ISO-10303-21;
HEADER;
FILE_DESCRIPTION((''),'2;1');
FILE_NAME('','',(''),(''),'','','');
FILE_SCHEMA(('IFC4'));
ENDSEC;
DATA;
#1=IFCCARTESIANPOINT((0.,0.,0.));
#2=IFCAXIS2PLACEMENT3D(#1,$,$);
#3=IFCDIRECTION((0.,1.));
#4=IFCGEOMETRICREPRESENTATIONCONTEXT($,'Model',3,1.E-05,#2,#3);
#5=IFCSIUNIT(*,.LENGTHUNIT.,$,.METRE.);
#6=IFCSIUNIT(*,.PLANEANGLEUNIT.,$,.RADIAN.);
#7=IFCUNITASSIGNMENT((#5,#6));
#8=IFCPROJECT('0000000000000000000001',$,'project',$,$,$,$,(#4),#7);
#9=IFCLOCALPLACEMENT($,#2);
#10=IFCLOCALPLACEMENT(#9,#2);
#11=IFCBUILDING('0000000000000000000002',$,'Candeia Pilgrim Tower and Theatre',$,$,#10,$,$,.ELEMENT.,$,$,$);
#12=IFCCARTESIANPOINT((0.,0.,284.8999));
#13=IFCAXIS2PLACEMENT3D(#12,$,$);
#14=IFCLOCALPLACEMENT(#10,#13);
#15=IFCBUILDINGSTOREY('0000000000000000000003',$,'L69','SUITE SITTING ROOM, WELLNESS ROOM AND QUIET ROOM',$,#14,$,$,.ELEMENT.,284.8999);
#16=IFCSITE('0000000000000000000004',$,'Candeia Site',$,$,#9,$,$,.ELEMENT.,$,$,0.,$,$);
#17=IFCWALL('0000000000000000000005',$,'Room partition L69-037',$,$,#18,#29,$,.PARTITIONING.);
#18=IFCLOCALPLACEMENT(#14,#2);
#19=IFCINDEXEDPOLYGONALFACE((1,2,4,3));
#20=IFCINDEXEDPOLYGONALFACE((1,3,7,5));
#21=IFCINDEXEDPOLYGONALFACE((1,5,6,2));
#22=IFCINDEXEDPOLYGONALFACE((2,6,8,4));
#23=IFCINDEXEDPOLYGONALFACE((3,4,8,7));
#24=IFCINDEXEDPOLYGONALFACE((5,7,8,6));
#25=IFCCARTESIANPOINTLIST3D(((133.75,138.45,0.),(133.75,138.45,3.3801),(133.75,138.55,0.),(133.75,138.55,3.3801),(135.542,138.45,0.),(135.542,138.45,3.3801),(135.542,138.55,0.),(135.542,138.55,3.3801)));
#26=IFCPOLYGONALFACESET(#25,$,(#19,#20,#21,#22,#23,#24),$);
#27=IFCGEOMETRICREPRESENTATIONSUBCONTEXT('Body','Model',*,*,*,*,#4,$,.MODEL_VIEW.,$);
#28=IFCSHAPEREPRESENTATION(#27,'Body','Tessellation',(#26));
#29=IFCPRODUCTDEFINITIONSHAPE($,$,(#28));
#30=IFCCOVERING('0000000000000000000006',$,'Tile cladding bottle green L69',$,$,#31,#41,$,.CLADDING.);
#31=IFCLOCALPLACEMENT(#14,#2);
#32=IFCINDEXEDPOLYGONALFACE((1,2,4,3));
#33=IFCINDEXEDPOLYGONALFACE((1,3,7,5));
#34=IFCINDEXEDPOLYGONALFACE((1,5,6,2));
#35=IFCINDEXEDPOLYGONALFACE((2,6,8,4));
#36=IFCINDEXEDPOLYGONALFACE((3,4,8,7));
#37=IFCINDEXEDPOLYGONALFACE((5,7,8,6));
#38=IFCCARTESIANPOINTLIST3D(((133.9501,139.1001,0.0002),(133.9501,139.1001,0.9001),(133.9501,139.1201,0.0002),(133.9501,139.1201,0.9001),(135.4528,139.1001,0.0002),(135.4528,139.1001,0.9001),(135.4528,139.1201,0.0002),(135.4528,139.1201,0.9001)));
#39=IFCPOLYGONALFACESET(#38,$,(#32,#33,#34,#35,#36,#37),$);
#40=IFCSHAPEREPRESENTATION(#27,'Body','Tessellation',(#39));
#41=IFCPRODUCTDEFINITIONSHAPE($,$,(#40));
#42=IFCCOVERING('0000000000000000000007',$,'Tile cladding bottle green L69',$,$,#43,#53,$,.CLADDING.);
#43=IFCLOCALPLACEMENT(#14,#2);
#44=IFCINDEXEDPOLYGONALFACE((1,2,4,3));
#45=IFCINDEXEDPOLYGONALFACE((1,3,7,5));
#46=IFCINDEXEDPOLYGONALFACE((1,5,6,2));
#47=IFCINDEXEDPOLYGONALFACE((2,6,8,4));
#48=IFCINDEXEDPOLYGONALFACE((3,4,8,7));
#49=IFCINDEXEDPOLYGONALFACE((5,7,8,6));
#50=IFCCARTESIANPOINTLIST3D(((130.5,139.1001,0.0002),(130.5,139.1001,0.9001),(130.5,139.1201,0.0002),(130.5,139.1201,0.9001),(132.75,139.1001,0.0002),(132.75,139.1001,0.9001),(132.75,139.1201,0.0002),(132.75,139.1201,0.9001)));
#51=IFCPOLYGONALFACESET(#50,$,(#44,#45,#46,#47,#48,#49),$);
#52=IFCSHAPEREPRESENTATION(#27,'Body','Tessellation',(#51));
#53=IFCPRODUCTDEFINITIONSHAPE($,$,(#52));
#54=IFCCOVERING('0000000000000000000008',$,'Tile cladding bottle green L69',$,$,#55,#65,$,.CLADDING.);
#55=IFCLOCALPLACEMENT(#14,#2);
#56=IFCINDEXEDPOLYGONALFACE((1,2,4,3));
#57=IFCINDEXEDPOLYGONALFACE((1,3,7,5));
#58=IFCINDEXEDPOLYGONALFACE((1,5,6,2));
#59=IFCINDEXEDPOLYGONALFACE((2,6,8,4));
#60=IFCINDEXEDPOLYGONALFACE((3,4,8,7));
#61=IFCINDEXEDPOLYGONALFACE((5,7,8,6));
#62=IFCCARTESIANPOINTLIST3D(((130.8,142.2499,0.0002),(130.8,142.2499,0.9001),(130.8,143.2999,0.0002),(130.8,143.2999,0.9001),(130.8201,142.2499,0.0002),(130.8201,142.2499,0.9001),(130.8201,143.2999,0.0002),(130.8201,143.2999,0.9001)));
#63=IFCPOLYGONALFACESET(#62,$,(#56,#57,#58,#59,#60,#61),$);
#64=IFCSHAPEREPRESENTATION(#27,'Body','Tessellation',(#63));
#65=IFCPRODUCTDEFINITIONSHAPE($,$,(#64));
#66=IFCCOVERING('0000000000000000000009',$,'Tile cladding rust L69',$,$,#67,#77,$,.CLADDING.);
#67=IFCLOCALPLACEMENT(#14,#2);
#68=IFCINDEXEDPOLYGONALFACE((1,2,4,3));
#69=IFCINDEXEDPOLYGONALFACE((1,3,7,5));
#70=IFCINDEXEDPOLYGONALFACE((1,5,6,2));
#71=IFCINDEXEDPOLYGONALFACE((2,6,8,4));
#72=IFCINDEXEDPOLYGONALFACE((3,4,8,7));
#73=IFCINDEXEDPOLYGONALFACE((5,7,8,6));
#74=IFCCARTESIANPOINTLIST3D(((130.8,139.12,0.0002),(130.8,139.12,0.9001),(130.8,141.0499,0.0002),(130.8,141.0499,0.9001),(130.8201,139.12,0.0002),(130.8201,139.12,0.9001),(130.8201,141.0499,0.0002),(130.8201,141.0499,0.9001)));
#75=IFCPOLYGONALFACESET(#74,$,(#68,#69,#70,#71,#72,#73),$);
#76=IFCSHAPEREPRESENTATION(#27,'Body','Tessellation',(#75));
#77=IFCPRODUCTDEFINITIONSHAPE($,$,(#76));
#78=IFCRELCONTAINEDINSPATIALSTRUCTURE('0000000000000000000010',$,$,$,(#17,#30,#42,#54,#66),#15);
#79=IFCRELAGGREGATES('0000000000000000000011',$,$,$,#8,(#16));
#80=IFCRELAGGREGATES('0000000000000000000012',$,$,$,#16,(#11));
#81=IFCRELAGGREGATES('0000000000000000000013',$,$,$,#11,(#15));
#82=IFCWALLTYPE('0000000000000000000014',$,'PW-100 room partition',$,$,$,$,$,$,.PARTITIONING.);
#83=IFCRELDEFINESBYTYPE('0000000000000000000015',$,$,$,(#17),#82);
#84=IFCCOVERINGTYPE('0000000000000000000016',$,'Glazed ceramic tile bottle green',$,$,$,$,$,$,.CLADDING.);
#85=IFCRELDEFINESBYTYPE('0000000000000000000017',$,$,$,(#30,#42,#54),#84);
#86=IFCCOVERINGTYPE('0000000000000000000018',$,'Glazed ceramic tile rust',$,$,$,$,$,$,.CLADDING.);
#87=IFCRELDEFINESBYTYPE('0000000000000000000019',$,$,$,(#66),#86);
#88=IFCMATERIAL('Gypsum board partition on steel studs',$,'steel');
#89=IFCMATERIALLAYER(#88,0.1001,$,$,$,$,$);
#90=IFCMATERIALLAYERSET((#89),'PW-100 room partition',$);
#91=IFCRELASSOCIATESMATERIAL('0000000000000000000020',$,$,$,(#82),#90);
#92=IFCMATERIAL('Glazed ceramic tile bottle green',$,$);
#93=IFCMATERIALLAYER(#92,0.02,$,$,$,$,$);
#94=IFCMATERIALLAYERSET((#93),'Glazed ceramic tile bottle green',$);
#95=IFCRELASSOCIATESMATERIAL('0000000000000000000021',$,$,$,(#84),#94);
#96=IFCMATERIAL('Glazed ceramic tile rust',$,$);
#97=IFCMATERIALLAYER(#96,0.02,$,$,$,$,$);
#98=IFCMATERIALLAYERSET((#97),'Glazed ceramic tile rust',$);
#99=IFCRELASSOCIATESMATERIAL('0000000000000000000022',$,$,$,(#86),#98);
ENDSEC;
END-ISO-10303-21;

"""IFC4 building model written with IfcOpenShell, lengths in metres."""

from ifc_helpers import new_model, si_unit, direction, frame, frame_2d, origin, origin_2d, place, context, subcontext, project, spatial, rectangle, extrude, material, layer, layer_set, type_object, element, save


model = new_model("IFC4")

# Units and contexts
model_context = context("Model", 3, precision=1e-05, world=origin(), true_north=direction((0.0, 1.0)))
body_context = subcontext(model_context, "Body", "Model", "MODEL_VIEW")
ifc_project = project(units=[si_unit("LENGTHUNIT", "METRE"), si_unit("PLANEANGLEUNIT", "RADIAN")], contexts=[model_context])

# Site, building, storey
site_placement = place(None, origin())
site = spatial("IfcSite", under=ifc_project, at=site_placement, Name="Candeia Site", CompositionType="ELEMENT", RefElevation=0.0)
building_placement = place(site_placement, origin())
building = spatial("IfcBuilding", under=site, at=building_placement, Name="Candeia Pilgrim Tower and Theatre", CompositionType="ELEMENT")
storey_placement = place(building_placement, frame((0.0, 0.0, 284.8999)))
storey = spatial("IfcBuildingStorey", under=building, at=storey_placement, Name="L69", Description="SUITE SITTING ROOM, WELLNESS ROOM AND QUIET ROOM", CompositionType="ELEMENT", Elevation=284.8999)

# Wall
ifc_material_1 = material(Name="Gypsum board partition on steel studs", Category="steel")
ifc_layer_1 = layer(ifc_material_1, 0.1001)
ifc_layer_set_1 = layer_set([ifc_layer_1], Name="PW-100 room partition")
wall_type_1 = type_object("IfcWallType", Name="PW-100 room partition", PredefinedType="PARTITIONING", material=ifc_layer_set_1)
wall_1_placement = place(storey_placement, frame((133.75, 138.5, 0.0), z_axis=(0.0, 0.0, 1.0), x_axis=(1.0, 0.0, 0.0)))
element("IfcWall", 1, at=wall_1_placement, inside=storey, type_object=wall_type_1, Name="Room partition L69-037", PredefinedType="PARTITIONING", context=body_context, shape_type="SweptSolid", body=[
    extrude(rectangle(XDim=1.792, YDim=0.1001, at=frame_2d((0.896, 0.0))), origin(), (0.0, 0.0, 1.0), 3.3801),
])

# Coverings
ifc_material_2 = material(Name="Glazed ceramic tile bottle green")
ifc_layer_2 = layer(ifc_material_2, 0.02)
ifc_layer_set_2 = layer_set([ifc_layer_2], Name="Glazed ceramic tile bottle green")
covering_type_1 = type_object("IfcCoveringType", Name="Glazed ceramic tile bottle green", PredefinedType="CLADDING", material=ifc_layer_set_2)
covering_1_placement = place(storey_placement, frame((134.7014, 139.1101, 0.0002), z_axis=(0.0, 0.0, 1.0), x_axis=(-1.0, 0.0, 0.0)))
element("IfcCovering", 2, at=covering_1_placement, inside=storey, type_object=covering_type_1, Name="Tile cladding bottle green L69", PredefinedType="CLADDING", context=body_context, shape_type="SweptSolid", body=[
    extrude(rectangle(XDim=1.5027, YDim=0.02, at=origin_2d()), origin(), (0.0, 0.0, 1.0), 0.8999),
])
covering_2_placement = place(storey_placement, frame((131.625, 139.1101, 0.0002), z_axis=(0.0, 0.0, 1.0), x_axis=(-1.0, 0.0, 0.0)))
element("IfcCovering", 3, at=covering_2_placement, inside=storey, type_object=covering_type_1, Name="Tile cladding bottle green L69", PredefinedType="CLADDING", context=body_context, shape_type="SweptSolid", body=[
    extrude(rectangle(XDim=2.25, YDim=0.02, at=origin_2d()), origin(), (0.0, 0.0, 1.0), 0.8999),
])
covering_3_placement = place(storey_placement, frame((130.8101, 142.7749, 0.0002), z_axis=(0.0, 0.0, 1.0), x_axis=(0.0, 1.0, 0.0)))
element("IfcCovering", 4, at=covering_3_placement, inside=storey, type_object=covering_type_1, Name="Tile cladding bottle green L69", PredefinedType="CLADDING", context=body_context, shape_type="SweptSolid", body=[
    extrude(rectangle(XDim=1.05, YDim=0.02, at=origin_2d()), origin(), (0.0, 0.0, 1.0), 0.8999),
])
ifc_material_3 = material(Name="Glazed ceramic tile rust")
ifc_layer_3 = layer(ifc_material_3, 0.02)
ifc_layer_set_3 = layer_set([ifc_layer_3], Name="Glazed ceramic tile rust")
covering_type_2 = type_object("IfcCoveringType", Name="Glazed ceramic tile rust", PredefinedType="CLADDING", material=ifc_layer_set_3)
covering_4_placement = place(storey_placement, frame((130.8101, 140.085, 0.0002), z_axis=(0.0, 0.0, 1.0), x_axis=(0.0, 1.0, 0.0)))
element("IfcCovering", 5, at=covering_4_placement, inside=storey, type_object=covering_type_2, Name="Tile cladding rust L69", PredefinedType="CLADDING", context=body_context, shape_type="SweptSolid", body=[
    extrude(rectangle(XDim=1.9299, YDim=0.02, at=origin_2d()), origin(), (0.0, 0.0, 1.0), 0.8999),
])

save(model, "model.ifc")
